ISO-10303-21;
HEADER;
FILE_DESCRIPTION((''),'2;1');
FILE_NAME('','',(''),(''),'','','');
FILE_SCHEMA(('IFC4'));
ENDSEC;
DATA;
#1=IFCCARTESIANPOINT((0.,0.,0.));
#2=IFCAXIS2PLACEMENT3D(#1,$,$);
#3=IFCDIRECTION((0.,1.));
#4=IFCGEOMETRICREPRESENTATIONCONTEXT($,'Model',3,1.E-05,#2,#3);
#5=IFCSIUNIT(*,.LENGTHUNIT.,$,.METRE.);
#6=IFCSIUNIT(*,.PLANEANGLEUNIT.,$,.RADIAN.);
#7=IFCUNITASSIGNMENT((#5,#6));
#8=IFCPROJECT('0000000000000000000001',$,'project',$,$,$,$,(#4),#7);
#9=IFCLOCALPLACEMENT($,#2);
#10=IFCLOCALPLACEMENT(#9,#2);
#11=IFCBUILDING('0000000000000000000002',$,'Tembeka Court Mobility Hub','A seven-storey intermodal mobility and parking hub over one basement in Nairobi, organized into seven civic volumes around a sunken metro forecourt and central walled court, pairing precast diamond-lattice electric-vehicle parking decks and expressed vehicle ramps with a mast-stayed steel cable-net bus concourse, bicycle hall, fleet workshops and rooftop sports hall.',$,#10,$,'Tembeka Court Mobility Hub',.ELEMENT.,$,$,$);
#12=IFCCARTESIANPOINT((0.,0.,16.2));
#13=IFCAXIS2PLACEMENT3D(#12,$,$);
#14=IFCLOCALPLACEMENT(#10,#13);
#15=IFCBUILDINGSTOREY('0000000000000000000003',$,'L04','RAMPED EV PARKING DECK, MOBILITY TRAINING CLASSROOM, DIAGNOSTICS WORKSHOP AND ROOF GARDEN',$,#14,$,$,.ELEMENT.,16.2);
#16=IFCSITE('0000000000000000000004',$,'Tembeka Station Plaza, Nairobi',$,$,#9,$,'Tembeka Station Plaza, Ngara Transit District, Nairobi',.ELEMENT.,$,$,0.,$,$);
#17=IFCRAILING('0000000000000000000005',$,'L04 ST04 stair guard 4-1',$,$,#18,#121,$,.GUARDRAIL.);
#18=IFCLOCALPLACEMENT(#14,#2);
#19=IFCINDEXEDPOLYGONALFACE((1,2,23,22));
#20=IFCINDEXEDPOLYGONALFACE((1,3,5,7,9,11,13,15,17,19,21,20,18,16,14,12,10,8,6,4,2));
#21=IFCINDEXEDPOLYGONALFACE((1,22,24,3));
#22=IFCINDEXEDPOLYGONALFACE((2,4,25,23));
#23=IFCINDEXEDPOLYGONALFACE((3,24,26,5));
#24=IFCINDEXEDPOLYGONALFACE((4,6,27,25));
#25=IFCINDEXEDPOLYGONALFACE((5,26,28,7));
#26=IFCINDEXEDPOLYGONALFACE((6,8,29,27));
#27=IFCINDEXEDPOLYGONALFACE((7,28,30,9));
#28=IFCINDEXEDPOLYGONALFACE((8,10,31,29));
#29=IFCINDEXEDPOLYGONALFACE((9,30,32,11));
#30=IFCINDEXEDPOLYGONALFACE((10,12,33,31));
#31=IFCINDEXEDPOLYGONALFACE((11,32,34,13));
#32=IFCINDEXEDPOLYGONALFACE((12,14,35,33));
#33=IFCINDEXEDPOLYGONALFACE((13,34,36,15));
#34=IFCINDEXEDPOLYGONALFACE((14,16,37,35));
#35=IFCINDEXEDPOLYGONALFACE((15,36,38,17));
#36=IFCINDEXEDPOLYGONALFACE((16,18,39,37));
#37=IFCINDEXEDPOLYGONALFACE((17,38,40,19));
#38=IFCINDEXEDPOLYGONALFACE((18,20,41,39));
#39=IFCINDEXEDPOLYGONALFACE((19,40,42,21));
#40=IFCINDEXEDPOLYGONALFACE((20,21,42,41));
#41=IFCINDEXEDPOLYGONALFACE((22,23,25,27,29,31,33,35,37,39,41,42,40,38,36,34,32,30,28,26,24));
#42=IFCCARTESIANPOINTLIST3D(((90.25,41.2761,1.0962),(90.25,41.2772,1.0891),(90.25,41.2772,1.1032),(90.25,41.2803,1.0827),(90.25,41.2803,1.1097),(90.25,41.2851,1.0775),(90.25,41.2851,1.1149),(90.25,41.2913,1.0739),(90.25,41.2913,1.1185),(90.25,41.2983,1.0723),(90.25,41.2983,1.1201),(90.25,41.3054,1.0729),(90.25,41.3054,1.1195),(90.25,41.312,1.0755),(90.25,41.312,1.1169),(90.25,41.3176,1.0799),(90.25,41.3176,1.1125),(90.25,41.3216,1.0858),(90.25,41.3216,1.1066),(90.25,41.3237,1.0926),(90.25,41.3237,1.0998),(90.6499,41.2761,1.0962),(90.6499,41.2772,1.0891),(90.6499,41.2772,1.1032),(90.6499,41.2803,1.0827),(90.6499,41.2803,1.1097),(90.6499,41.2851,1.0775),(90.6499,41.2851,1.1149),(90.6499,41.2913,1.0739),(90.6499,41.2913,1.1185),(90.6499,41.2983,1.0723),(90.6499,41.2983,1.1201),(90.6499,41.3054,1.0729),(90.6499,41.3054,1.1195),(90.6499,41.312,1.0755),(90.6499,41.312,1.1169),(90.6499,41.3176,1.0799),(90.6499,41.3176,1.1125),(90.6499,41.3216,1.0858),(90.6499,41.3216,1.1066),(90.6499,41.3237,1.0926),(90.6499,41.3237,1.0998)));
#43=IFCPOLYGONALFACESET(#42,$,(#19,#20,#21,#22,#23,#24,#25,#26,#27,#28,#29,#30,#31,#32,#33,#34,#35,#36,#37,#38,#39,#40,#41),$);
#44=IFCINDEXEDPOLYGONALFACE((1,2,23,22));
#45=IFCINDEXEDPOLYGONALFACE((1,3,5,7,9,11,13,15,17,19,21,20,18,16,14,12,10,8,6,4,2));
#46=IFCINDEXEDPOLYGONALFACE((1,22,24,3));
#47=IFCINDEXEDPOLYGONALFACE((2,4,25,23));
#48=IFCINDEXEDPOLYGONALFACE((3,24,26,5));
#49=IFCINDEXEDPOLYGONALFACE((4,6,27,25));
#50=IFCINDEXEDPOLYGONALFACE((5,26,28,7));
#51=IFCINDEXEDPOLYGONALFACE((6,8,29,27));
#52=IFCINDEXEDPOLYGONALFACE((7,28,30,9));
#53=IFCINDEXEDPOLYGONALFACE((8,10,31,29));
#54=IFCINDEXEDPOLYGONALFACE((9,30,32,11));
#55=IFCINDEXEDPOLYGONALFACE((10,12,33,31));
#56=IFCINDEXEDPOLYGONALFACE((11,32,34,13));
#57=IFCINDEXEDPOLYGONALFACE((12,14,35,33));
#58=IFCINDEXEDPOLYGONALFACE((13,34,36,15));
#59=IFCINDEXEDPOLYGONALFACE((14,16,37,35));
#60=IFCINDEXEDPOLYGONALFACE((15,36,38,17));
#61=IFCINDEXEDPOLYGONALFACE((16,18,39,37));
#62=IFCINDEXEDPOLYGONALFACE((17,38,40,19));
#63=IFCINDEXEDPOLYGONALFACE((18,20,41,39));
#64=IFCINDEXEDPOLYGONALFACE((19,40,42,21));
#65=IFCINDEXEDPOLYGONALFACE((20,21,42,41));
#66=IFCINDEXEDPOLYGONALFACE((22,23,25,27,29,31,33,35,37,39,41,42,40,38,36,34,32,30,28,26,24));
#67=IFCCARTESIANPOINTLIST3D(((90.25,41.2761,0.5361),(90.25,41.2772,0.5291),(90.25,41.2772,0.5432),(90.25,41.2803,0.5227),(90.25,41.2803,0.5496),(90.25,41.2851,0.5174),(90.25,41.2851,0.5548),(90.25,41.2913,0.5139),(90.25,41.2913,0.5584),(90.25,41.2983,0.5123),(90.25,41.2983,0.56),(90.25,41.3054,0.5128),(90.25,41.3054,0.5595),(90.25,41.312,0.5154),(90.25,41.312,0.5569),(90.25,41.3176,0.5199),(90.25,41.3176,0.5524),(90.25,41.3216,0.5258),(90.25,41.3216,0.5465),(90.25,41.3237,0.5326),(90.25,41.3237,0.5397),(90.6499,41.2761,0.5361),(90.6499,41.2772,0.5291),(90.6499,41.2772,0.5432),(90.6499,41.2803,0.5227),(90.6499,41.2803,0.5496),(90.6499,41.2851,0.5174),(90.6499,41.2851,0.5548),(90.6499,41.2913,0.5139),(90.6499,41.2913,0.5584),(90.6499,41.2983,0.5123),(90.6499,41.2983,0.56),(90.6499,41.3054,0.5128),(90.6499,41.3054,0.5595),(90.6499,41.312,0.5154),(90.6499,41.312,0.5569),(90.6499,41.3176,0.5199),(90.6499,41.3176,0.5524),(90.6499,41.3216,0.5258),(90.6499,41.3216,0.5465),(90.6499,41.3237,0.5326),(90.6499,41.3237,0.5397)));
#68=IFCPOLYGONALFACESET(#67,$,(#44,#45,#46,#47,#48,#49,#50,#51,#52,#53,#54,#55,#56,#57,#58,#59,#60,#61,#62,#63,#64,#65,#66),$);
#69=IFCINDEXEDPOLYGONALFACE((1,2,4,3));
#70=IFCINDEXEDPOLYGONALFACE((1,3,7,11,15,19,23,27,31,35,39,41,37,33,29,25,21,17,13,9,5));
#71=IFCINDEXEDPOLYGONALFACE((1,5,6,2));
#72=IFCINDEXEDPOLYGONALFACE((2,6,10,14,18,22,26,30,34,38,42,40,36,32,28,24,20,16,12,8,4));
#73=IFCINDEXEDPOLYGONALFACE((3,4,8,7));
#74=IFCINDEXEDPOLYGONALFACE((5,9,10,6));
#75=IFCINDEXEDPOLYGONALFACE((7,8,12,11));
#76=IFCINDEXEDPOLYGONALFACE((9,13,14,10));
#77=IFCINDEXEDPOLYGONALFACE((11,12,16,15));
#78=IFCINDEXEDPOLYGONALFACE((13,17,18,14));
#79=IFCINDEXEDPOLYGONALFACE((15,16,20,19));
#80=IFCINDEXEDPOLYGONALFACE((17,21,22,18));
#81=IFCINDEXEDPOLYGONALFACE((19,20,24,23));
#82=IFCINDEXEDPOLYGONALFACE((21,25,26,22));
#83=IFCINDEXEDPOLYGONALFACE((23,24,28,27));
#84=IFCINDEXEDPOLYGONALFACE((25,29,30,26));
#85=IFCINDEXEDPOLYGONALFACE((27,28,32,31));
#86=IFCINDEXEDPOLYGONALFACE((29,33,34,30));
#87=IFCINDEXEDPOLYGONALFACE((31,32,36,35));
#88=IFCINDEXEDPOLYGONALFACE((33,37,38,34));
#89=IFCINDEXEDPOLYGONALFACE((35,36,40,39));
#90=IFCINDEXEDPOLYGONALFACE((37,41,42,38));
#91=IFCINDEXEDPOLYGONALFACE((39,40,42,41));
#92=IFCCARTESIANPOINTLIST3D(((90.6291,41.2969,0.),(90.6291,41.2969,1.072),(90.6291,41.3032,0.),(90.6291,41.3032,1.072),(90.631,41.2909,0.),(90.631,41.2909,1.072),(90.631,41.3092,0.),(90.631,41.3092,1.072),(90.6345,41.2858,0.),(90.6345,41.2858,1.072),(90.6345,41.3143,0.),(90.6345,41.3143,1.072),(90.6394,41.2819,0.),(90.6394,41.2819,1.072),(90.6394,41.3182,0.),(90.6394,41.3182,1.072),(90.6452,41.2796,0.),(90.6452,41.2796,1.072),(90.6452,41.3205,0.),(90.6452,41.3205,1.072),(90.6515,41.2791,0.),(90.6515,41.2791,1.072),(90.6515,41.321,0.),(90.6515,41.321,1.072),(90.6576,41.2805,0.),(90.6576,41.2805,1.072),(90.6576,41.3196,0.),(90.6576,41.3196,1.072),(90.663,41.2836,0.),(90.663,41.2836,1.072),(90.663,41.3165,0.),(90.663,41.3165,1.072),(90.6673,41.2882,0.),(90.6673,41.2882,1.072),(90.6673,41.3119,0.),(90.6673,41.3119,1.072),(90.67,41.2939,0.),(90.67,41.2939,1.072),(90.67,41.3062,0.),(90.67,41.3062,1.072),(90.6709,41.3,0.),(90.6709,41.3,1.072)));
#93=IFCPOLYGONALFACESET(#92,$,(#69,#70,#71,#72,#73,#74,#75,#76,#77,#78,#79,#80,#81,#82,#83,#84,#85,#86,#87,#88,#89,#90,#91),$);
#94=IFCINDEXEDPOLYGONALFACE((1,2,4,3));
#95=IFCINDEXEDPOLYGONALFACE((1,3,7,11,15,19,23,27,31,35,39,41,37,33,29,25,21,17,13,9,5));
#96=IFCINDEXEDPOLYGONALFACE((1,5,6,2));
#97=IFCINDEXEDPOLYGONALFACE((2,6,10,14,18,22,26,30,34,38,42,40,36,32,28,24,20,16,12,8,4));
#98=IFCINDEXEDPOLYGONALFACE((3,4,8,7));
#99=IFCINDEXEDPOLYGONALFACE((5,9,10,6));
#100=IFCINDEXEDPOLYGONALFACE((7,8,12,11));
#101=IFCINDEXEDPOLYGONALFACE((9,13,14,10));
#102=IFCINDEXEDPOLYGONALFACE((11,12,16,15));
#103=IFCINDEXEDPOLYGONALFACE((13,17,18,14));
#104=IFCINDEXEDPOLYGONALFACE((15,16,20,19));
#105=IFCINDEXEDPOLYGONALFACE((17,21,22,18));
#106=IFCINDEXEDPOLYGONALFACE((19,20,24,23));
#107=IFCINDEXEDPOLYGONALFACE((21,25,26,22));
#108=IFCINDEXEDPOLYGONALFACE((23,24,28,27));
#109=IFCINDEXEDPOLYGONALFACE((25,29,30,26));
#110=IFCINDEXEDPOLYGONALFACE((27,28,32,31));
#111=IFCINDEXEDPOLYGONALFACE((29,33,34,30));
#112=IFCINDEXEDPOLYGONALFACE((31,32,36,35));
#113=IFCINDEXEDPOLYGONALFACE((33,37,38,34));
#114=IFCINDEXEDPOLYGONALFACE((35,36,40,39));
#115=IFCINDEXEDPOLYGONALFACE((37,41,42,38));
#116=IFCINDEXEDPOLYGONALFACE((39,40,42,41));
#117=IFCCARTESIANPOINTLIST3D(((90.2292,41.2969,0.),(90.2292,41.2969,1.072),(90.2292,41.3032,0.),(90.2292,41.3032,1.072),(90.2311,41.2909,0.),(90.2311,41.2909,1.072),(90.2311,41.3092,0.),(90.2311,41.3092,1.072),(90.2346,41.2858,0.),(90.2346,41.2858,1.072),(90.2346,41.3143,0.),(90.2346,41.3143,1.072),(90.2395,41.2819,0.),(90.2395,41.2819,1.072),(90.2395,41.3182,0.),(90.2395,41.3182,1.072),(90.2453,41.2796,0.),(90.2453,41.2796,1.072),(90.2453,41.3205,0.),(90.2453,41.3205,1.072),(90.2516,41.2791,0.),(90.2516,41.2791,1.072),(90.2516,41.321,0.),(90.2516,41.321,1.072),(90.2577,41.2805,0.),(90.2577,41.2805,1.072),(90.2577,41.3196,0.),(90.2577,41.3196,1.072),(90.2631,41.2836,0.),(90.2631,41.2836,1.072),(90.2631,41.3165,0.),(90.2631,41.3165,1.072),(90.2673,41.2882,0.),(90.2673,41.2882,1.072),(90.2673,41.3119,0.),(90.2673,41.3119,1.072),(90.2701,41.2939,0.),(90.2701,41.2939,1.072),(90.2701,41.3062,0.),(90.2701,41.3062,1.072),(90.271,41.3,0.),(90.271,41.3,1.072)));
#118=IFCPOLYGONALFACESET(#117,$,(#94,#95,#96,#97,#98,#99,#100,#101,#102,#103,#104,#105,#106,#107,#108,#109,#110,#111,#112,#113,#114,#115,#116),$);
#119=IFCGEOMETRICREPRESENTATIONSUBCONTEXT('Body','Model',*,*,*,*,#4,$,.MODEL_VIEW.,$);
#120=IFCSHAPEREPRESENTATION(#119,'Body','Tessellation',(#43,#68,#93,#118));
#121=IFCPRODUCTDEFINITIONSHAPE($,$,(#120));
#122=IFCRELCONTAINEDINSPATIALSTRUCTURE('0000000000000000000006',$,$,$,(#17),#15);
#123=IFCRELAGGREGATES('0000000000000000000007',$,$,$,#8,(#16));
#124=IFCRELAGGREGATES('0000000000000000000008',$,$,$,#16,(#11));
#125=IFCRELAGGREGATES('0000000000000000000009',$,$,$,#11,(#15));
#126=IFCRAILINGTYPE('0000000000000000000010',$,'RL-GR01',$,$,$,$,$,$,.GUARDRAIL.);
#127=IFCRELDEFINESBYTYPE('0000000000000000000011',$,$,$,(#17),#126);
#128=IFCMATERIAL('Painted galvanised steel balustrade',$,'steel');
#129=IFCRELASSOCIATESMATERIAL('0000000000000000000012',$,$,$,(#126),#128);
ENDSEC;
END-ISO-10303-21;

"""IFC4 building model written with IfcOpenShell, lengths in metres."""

from ifc_helpers import new_model, si_unit, direction, frame, origin, origin_2d, place, context, subcontext, project, spatial, circle, extrude, material, type_object, element, save


model = new_model("IFC4")

# Units and contexts
model_context = context("Model", 3, precision=1e-05, world=origin(), true_north=direction((0.0, 1.0)))
body_context = subcontext(model_context, "Body", "Model", "MODEL_VIEW")
ifc_project = project(units=[si_unit("LENGTHUNIT", "METRE"), si_unit("PLANEANGLEUNIT", "RADIAN")], contexts=[model_context])

# Site, building, storey
site_placement = place(None, origin())
site = spatial("IfcSite", under=ifc_project, at=site_placement, Name="Tembeka Station Plaza, Nairobi", LongName="Tembeka Station Plaza, Ngara Transit District, Nairobi", CompositionType="ELEMENT", RefElevation=0.0)
building_placement = place(site_placement, origin())
building = spatial("IfcBuilding", under=site, at=building_placement, Name="Tembeka Court Mobility Hub", Description="A seven-storey intermodal mobility and parking hub over one basement in Nairobi, organized into seven civic volumes around a sunken metro forecourt and central walled court, pairing precast diamond-lattice electric-vehicle parking decks and expressed vehicle ramps with a mast-stayed steel cable-net bus concourse, bicycle hall, fleet workshops and rooftop sports hall.", LongName="Tembeka Court Mobility Hub", CompositionType="ELEMENT")
storey_placement = place(building_placement, frame((0.0, 0.0, 16.2)))
storey = spatial("IfcBuildingStorey", under=building, at=storey_placement, Name="L04", Description="RAMPED EV PARKING DECK, MOBILITY TRAINING CLASSROOM, DIAGNOSTICS WORKSHOP AND ROOF GARDEN", CompositionType="ELEMENT", Elevation=16.2)

# Railing
ifc_material_1 = material(Name="Painted galvanised steel balustrade", Category="steel")
railing_type_1 = type_object("IfcRailingType", Name="RL-GR01", PredefinedType="GUARDRAIL", material=ifc_material_1)
railing_1_placement = place(storey_placement, frame((90.6499, 41.3, 0.0)))
element("IfcRailing", 1, at=railing_1_placement, inside=storey, type_object=railing_type_1, Name="L04 ST04 stair guard 4-1", PredefinedType="GUARDRAIL", context=body_context, shape_type="SweptSolid", body=[
    extrude(circle(Radius=0.0239, at=origin_2d()), frame((0.0, 0.0, 1.0962), z_axis=(-1.0, 0.0, 0.0), x_axis=(0.0, -1.0, 0.0)), (0.0, 0.0, 1.0), 0.3999),
    extrude(circle(Radius=0.0239, at=origin_2d()), frame((0.0, 0.0, 0.5361), z_axis=(-1.0, 0.0, 0.0), x_axis=(0.0, -1.0, 0.0)), (0.0, 0.0, 1.0), 0.3999),
    extrude(circle(Radius=0.021, at=origin_2d()), origin(), (0.0, 0.0, 1.0), 1.072),
    extrude(circle(Radius=0.021, at=origin_2d()), frame((-0.3999, 0.0, 0.0)), (0.0, 0.0, 1.0), 1.072),
])

save(model, "model.ifc")
